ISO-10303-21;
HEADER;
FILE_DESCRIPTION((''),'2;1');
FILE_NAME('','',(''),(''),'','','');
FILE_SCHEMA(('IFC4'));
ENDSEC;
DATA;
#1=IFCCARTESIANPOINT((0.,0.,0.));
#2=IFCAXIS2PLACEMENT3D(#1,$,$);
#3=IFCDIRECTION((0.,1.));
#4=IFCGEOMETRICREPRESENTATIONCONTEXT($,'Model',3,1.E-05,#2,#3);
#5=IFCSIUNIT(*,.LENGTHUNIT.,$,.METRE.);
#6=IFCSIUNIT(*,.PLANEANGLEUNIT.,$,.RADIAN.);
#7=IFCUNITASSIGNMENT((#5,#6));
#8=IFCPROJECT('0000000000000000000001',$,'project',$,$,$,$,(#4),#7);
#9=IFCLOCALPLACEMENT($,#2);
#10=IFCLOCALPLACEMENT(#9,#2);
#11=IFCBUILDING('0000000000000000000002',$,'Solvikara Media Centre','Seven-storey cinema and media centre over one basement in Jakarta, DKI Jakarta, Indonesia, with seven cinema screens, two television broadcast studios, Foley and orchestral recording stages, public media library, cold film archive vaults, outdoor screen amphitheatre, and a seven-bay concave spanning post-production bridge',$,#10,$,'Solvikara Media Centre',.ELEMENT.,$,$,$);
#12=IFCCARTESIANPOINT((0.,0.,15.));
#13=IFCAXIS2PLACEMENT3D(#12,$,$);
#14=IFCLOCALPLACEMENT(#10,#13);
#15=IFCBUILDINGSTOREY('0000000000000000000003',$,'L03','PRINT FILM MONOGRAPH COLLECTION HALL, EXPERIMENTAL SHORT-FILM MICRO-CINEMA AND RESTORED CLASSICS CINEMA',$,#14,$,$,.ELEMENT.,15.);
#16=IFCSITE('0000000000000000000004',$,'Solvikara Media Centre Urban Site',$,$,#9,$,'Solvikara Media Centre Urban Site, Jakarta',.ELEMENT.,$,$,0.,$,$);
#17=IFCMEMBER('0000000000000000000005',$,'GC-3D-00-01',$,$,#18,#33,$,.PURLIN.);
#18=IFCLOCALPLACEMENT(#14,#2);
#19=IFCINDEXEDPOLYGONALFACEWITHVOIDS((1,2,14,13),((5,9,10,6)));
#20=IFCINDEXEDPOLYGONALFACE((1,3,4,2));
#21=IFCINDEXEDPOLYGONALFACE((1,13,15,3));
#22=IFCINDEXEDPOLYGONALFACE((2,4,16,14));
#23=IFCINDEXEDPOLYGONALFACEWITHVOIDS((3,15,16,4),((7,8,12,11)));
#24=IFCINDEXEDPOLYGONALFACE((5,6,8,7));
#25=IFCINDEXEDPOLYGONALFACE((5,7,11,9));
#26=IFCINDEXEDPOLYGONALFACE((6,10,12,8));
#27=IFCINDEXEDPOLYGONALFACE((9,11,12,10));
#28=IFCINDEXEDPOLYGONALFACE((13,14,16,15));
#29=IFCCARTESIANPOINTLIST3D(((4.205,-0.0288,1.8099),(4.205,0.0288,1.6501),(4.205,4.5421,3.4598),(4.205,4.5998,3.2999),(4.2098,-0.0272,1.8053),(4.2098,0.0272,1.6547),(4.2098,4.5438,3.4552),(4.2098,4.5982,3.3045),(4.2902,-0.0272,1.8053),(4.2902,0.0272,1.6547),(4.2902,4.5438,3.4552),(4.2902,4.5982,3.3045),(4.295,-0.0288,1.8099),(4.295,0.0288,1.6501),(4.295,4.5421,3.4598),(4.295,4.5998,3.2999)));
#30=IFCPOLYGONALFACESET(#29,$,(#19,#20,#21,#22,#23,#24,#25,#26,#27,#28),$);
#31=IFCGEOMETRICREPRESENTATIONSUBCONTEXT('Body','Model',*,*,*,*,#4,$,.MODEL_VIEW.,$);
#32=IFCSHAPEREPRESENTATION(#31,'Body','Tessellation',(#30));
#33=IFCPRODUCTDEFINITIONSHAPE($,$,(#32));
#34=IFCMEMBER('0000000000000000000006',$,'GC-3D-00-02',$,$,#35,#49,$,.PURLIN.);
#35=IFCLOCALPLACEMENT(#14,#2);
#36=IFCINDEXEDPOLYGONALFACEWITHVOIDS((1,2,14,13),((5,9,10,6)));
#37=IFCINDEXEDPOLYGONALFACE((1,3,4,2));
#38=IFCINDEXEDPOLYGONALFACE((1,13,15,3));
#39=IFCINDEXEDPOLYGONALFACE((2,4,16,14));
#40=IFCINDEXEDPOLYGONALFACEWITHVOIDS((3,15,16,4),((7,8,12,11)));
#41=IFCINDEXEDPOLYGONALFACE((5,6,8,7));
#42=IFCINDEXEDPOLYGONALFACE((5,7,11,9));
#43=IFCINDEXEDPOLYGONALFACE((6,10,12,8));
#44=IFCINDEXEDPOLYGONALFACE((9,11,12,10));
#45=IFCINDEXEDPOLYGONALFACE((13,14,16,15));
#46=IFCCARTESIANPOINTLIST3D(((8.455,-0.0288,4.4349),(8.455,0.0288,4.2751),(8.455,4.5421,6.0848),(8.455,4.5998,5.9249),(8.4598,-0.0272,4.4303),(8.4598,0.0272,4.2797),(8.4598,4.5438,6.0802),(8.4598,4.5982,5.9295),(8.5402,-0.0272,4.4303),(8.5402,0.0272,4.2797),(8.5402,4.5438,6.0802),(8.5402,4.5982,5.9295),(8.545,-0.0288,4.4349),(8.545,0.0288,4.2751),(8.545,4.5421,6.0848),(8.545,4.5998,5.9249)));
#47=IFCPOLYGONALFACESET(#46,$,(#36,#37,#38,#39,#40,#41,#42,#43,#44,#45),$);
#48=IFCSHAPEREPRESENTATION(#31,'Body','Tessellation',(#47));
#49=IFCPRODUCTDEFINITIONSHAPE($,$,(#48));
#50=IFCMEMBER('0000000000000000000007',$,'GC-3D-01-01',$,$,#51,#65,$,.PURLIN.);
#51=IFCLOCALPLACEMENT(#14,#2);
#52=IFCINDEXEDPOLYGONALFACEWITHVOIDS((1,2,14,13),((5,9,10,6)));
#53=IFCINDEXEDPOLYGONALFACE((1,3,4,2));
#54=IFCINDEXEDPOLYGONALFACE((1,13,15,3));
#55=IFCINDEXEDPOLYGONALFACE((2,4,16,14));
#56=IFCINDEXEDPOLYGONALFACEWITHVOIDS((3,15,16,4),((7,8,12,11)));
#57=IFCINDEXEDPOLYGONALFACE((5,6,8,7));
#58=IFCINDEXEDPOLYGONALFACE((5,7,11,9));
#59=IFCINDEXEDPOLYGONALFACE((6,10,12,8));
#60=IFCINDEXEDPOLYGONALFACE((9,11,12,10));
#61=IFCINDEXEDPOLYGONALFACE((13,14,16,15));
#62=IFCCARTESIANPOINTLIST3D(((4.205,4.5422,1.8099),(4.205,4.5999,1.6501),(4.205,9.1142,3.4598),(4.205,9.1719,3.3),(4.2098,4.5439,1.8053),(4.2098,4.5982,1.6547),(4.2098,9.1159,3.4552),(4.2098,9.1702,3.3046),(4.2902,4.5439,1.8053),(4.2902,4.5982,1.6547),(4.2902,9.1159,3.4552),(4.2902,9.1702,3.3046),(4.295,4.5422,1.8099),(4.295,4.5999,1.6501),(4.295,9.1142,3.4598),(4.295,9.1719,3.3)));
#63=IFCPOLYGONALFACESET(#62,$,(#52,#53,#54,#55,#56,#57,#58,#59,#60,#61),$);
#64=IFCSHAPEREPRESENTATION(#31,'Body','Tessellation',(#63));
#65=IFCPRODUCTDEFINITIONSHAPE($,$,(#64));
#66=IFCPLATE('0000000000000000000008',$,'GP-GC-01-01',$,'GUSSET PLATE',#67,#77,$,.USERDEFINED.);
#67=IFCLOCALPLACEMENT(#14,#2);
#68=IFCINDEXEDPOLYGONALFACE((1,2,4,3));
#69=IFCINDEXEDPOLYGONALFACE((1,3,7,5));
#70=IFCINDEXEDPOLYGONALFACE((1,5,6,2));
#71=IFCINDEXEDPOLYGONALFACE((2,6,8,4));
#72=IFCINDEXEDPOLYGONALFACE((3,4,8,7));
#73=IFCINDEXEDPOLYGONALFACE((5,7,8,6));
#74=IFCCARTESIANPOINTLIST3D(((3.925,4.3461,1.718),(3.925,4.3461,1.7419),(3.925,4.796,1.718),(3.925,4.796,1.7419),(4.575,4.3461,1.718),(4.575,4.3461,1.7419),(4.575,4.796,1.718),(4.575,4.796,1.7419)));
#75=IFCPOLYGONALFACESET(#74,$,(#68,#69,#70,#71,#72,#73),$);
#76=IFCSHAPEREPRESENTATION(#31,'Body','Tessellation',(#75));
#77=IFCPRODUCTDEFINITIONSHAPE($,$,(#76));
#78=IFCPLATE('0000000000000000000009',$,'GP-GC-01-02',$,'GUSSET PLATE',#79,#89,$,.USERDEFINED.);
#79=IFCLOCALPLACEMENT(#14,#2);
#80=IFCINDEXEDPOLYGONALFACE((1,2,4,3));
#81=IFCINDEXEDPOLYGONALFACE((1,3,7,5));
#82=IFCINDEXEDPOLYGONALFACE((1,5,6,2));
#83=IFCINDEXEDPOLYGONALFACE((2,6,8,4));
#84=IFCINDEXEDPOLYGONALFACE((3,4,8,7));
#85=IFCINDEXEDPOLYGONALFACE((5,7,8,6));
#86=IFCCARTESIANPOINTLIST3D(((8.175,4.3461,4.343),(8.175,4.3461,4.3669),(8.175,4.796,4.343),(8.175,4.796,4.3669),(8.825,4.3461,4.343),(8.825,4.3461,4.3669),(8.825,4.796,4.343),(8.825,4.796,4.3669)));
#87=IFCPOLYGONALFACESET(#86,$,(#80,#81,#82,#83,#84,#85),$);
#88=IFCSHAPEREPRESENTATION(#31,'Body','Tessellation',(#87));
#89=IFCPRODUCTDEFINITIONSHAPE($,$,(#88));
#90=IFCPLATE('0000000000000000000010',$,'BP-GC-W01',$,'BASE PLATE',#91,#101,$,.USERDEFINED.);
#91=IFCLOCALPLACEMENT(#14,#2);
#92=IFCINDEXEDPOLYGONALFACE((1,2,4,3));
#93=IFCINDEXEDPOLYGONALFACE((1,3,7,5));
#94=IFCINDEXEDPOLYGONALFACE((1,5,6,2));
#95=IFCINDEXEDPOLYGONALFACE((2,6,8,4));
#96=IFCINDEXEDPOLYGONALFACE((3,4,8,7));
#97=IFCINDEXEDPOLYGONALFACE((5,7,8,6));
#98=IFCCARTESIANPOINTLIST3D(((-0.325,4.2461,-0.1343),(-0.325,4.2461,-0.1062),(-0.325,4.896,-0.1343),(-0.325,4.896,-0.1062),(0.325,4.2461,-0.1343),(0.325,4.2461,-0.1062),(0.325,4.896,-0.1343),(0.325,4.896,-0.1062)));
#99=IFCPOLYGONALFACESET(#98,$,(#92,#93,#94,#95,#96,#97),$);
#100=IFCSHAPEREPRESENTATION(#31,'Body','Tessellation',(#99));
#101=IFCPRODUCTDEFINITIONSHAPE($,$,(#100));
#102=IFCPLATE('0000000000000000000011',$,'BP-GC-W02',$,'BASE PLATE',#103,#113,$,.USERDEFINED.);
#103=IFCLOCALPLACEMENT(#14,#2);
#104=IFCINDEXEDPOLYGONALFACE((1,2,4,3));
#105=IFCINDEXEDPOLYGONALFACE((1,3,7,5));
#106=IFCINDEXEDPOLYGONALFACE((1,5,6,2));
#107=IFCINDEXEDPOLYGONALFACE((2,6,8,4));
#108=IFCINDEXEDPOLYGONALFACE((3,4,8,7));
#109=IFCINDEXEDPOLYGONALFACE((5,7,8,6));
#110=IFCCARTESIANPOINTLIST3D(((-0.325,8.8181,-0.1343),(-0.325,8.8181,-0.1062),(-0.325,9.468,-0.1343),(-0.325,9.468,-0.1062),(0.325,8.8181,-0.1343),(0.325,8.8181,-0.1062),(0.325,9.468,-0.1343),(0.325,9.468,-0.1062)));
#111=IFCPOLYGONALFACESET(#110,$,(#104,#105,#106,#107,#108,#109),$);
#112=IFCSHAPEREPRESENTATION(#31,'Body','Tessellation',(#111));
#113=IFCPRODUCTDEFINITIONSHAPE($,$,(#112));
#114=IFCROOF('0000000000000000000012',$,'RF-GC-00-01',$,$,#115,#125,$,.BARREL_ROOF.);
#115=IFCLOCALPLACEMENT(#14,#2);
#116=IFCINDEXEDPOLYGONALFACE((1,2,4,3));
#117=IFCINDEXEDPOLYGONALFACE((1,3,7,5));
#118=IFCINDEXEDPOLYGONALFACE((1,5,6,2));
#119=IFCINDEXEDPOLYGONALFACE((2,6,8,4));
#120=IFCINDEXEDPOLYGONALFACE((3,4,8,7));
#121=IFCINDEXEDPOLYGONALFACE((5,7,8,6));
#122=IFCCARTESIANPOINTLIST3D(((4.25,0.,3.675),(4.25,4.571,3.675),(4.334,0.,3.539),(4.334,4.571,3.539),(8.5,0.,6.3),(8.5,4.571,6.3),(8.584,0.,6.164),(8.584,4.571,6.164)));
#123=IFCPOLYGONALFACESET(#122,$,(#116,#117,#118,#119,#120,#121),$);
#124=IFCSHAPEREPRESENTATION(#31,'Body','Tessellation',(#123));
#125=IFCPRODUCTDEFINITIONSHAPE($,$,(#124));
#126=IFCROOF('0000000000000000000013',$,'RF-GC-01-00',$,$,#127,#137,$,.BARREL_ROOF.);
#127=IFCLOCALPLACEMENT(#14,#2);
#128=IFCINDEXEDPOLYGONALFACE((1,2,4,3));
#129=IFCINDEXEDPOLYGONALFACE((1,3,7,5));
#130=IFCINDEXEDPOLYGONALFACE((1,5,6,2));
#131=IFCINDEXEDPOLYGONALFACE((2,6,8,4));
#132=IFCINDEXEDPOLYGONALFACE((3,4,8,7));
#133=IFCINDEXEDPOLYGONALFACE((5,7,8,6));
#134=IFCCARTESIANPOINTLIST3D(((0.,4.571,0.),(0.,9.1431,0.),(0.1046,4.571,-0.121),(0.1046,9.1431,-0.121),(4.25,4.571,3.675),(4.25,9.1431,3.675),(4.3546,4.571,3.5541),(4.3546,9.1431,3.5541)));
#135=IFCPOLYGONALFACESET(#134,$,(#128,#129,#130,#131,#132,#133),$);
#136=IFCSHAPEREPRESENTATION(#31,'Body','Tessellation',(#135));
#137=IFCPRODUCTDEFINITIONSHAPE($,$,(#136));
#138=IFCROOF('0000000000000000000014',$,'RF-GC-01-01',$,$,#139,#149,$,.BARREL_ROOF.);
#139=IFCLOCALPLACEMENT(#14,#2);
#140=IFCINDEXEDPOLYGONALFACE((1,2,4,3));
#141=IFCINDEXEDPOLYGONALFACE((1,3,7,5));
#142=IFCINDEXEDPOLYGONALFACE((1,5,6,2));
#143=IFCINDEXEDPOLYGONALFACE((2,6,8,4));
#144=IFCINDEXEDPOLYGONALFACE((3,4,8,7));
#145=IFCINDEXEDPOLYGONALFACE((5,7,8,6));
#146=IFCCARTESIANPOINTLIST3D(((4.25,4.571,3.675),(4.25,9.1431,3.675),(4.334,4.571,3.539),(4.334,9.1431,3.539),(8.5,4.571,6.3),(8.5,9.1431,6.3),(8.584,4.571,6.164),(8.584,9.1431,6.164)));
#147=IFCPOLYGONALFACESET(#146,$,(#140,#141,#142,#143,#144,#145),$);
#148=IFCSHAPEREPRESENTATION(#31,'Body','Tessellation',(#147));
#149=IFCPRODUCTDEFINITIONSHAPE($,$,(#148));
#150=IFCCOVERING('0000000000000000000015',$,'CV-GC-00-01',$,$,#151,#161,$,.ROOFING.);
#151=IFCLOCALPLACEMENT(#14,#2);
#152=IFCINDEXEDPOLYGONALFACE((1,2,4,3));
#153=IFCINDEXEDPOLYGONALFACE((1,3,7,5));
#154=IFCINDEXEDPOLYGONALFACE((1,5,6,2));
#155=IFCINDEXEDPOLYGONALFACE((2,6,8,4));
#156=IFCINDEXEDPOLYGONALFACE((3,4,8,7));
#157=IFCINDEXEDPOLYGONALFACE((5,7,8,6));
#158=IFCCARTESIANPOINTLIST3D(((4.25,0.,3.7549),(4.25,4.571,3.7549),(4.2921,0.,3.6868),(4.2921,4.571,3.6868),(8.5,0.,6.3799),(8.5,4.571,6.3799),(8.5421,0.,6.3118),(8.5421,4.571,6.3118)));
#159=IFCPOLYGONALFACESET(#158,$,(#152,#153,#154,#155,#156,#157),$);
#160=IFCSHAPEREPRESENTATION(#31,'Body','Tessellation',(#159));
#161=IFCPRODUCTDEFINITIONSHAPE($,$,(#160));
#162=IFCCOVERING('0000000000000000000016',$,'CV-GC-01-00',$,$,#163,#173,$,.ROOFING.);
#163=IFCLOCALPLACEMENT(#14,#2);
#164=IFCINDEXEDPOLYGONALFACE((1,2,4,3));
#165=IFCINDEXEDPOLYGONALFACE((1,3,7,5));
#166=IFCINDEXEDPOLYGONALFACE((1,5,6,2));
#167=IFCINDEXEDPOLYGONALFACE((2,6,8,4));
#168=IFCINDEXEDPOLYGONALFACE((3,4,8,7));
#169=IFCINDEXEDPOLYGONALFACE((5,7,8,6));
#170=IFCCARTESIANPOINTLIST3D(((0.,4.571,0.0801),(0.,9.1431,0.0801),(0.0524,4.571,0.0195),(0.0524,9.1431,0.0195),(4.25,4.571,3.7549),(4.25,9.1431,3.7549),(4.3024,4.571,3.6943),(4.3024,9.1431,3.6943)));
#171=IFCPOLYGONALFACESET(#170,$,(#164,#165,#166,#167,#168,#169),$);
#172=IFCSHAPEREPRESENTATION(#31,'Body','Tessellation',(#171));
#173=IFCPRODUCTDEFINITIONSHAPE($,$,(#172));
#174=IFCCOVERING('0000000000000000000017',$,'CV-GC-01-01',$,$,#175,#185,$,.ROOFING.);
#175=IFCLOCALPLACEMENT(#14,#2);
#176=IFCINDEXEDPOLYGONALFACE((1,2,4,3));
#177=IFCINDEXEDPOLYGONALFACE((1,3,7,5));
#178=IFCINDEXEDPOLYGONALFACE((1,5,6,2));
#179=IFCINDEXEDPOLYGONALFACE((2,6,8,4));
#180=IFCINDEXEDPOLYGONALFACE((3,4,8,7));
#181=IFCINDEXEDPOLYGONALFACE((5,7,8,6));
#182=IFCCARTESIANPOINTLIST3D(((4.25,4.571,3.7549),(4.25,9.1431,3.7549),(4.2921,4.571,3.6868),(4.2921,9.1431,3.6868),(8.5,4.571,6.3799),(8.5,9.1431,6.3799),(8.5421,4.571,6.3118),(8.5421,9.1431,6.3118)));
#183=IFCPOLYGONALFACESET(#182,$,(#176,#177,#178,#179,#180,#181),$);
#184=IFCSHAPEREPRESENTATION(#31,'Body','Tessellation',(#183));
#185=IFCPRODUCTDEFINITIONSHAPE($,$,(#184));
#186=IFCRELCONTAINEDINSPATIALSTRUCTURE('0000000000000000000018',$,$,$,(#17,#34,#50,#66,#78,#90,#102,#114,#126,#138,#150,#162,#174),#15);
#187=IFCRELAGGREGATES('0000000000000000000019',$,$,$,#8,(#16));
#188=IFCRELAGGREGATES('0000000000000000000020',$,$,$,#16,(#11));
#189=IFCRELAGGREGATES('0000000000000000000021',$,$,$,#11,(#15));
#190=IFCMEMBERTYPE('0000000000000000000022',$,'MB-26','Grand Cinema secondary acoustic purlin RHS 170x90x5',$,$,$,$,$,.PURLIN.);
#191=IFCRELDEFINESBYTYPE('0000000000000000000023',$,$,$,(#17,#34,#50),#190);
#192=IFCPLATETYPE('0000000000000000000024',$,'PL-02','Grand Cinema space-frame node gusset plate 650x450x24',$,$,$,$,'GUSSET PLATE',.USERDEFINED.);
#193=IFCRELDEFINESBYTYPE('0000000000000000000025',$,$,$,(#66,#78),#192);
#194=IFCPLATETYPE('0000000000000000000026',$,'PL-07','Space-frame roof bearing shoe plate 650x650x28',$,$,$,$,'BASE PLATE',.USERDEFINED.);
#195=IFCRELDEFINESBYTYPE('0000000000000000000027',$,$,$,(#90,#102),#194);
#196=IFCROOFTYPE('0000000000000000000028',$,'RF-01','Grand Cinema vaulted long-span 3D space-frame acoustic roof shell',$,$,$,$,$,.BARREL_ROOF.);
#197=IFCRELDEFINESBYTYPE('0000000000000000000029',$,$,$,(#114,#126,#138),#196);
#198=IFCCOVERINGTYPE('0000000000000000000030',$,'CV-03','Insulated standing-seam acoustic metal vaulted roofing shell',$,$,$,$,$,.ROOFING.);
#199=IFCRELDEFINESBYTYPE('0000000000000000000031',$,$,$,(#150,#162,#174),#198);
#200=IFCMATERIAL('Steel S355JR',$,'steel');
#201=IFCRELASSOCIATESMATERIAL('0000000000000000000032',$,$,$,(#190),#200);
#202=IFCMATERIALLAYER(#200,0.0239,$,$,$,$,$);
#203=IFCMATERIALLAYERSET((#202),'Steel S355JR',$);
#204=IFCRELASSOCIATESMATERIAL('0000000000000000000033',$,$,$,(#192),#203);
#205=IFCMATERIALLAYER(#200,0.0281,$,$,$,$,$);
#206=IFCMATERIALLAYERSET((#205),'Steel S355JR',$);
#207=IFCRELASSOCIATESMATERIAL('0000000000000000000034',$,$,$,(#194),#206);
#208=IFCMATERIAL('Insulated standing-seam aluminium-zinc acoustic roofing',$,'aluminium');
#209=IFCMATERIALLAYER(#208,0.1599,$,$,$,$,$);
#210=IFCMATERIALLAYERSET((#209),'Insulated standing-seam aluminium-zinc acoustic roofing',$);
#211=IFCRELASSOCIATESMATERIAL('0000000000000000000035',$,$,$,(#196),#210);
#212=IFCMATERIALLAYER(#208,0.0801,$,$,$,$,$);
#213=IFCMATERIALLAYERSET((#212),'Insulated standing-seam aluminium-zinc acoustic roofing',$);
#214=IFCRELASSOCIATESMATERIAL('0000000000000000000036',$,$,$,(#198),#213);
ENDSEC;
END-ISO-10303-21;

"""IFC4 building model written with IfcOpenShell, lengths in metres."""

from ifc_helpers import new_model, si_unit, direction, frame, origin, origin_2d, place, context, subcontext, project, spatial, polyline, rectangle, hollow_rectangle, outline, extrude, material, layer, layer_set, material_profile, profile_set, type_object, element, save


model = new_model("IFC4")

# Units and contexts
model_context = context("Model", 3, precision=1e-05, world=origin(), true_north=direction((0.0, 1.0)))
body_context = subcontext(model_context, "Body", "Model", "MODEL_VIEW")
ifc_project = project(units=[si_unit("LENGTHUNIT", "METRE"), si_unit("PLANEANGLEUNIT", "RADIAN")], contexts=[model_context])

# Site, building, storey
site_placement = place(None, origin())
site = spatial("IfcSite", under=ifc_project, at=site_placement, Name="Solvikara Media Centre Urban Site", LongName="Solvikara Media Centre Urban Site, Jakarta", CompositionType="ELEMENT", RefElevation=0.0)
building_placement = place(site_placement, origin())
building = spatial("IfcBuilding", under=site, at=building_placement, Name="Solvikara Media Centre", Description="Seven-storey cinema and media centre over one basement in Jakarta, DKI Jakarta, Indonesia, with seven cinema screens, two television broadcast studios, Foley and orchestral recording stages, public media library, cold film archive vaults, outdoor screen amphitheatre, and a seven-bay concave spanning post-production bridge", LongName="Solvikara Media Centre", CompositionType="ELEMENT")
storey_placement = place(building_placement, frame((0.0, 0.0, 15.0)))
storey = spatial("IfcBuildingStorey", under=building, at=storey_placement, Name="L03", Description="PRINT FILM MONOGRAPH COLLECTION HALL, EXPERIMENTAL SHORT-FILM MICRO-CINEMA AND RESTORED CLASSICS CINEMA", CompositionType="ELEMENT", Elevation=15.0)

# Shared definitions
ifc_material_1 = material(Name="Steel S355JR", Category="steel")

# Members
ifc_material_profile_1 = material_profile(ifc_material_1, hollow_rectangle(XDim=0.0901, YDim=0.1699, WallThickness=0.0049, at=origin_2d()), Name="RHS 170x90x5")
ifc_profile_set_1 = profile_set([ifc_material_profile_1], Name="Steel S355JR")
member_type_1 = type_object("IfcMemberType", Name="MB-26", Description="Grand Cinema secondary acoustic purlin RHS 170x90x5", PredefinedType="PURLIN", material=ifc_profile_set_1)
for number, where, z_axis, x_axis, name in (
    (1, (4.25, 0.0, 1.73), (0.0, 0.940603, 0.339507), (-1.0, 0.0, 0.0), "GC-3D-00-01"),
    (2, (8.5, 0.0, 4.355), (0.0, 0.940603, 0.339507), (-1.0, 0.0, 0.0), "GC-3D-00-02"),
):
    element("IfcMember", number, at=place(storey_placement, frame(where, z_axis=z_axis, x_axis=x_axis)), inside=storey, type_object=member_type_1, Name=name, PredefinedType="PURLIN", context=body_context, shape_type="SweptSolid", body=[
        extrude(hollow_rectangle(XDim=0.0901, YDim=0.1699, WallThickness=0.0049, at=origin_2d()), origin(), (0.0, 0.0, 1.0), 4.8596),
    ])
member_1_placement = place(storey_placement, frame((4.25, 4.571, 1.73), z_axis=(0.0, 0.940627, 0.339443), x_axis=(-1.0, 0.0, 0.0)))
element("IfcMember", 3, at=member_1_placement, inside=storey, type_object=member_type_1, Name="GC-3D-01-01", PredefinedType="PURLIN", context=body_context, shape_type="SweptSolid", body=[
    extrude(hollow_rectangle(XDim=0.0901, YDim=0.1699, WallThickness=0.0049, at=origin_2d()), origin(), (0.0, 0.0, 1.0), 4.8606),
])

# Plates
ifc_layer_1 = layer(ifc_material_1, 0.0239)
ifc_layer_set_1 = layer_set([ifc_layer_1], Name="Steel S355JR")
plate_type_1 = type_object("IfcPlateType", Name="PL-02", Description="Grand Cinema space-frame node gusset plate 650x450x24", ElementType="GUSSET PLATE", PredefinedType="USERDEFINED", material=ifc_layer_set_1)
for number, where, z_axis, x_axis, name in (
    (4, (4.25, 4.571, 1.718), (0.0, 0.0, 1.0), (1.0, 0.0, 0.0), "GP-GC-01-01"),
    (5, (8.5, 4.571, 4.343), (0.0, 0.0, 1.0), (1.0, 0.0, 0.0), "GP-GC-01-02"),
):
    element("IfcPlate", number, at=place(storey_placement, frame(where, z_axis=z_axis, x_axis=x_axis)), inside=storey, type_object=plate_type_1, Name=name, ObjectType="GUSSET PLATE", PredefinedType="USERDEFINED", context=body_context, shape_type="SweptSolid", body=[
        extrude(rectangle(XDim=0.6499, YDim=0.45, at=origin_2d()), origin(), (0.0, 0.0, 1.0), 0.0239),
    ])
ifc_layer_2 = layer(ifc_material_1, 0.0281)
ifc_layer_set_2 = layer_set([ifc_layer_2], Name="Steel S355JR")
plate_type_2 = type_object("IfcPlateType", Name="PL-07", Description="Space-frame roof bearing shoe plate 650x650x28", ElementType="BASE PLATE", PredefinedType="USERDEFINED", material=ifc_layer_set_2)
for number, where, z_axis, x_axis, name in (
    (6, (0.0, 4.571, -0.1343), (0.0, 0.0, 1.0), (1.0, 0.0, 0.0), "BP-GC-W01"),
    (7, (0.0, 9.1431, -0.1343), (0.0, 0.0, 1.0), (1.0, 0.0, 0.0), "BP-GC-W02"),
):
    element("IfcPlate", number, at=place(storey_placement, frame(where, z_axis=z_axis, x_axis=x_axis)), inside=storey, type_object=plate_type_2, Name=name, ObjectType="BASE PLATE", PredefinedType="USERDEFINED", context=body_context, shape_type="SweptSolid", body=[
        extrude(rectangle(XDim=0.6499, YDim=0.6499, at=origin_2d()), origin(), (0.0, 0.0, 1.0), 0.0281),
    ])

# Roofs
ifc_material_2 = material(Name="Insulated standing-seam aluminium-zinc acoustic roofing", Category="aluminium")
ifc_layer_3 = layer(ifc_material_2, 0.1599)
ifc_layer_set_3 = layer_set([ifc_layer_3], Name="Insulated standing-seam aluminium-zinc acoustic roofing")
roof_type = type_object("IfcRoofType", Name="RF-01", Description="Grand Cinema vaulted long-span 3D space-frame acoustic roof shell", PredefinedType="BARREL_ROOF", material=ifc_layer_set_3)
roof_1_placement = place(storey_placement, frame((4.25, 0.0, 3.675), z_axis=(-0.525493, 0.0, 0.850798), x_axis=(0.850798, 0.0, 0.525493)))
element("IfcRoof", 8, at=roof_1_placement, inside=storey, type_object=roof_type, Name="RF-GC-00-01", PredefinedType="BARREL_ROOF", context=body_context, shape_type="SweptSolid", body=[
    extrude(outline(polyline([(0.0, 0.0), (4.9953, 0.0), (4.9953, 4.571), (0.0, 4.571), (0.0, 0.0)])), origin(), (0.0, 0.0, -1.0), 0.1599),
])
roof_2_placement = place(storey_placement, frame((0.0, 4.571, 0.0), z_axis=(-0.654088, 0.0, 0.756418), x_axis=(0.756418, 0.0, 0.654088)))
element("IfcRoof", 9, at=roof_2_placement, inside=storey, type_object=roof_type, Name="RF-GC-01-00", PredefinedType="BARREL_ROOF", context=body_context, shape_type="SweptSolid", body=[
    extrude(outline(polyline([(0.0, 0.0), (5.6186, 0.0), (5.6186, 4.572), (0.0, 4.572), (0.0, 0.0)])), origin(), (0.0, 0.0, -1.0), 0.1599),
])
roof_3_placement = place(storey_placement, frame((4.25, 4.571, 3.675), z_axis=(-0.525493, 0.0, 0.850798), x_axis=(0.850798, 0.0, 0.525493)))
element("IfcRoof", 10, at=roof_3_placement, inside=storey, type_object=roof_type, Name="RF-GC-01-01", PredefinedType="BARREL_ROOF", context=body_context, shape_type="SweptSolid", body=[
    extrude(outline(polyline([(0.0, 0.0), (4.9953, 0.0), (4.9953, 4.572), (0.0, 4.572), (0.0, 0.0)])), origin(), (0.0, 0.0, -1.0), 0.1599),
])

# Coverings
ifc_layer_4 = layer(ifc_material_2, 0.0801)
ifc_layer_set_4 = layer_set([ifc_layer_4], Name="Insulated standing-seam aluminium-zinc acoustic roofing")
covering_type = type_object("IfcCoveringType", Name="CV-03", Description="Insulated standing-seam acoustic metal vaulted roofing shell", PredefinedType="ROOFING", material=ifc_layer_set_4)
covering_1_placement = place(storey_placement, frame((4.25, 0.0, 3.7549), z_axis=(-0.525493, 0.0, 0.850798), x_axis=(0.850798, 0.0, 0.525493)))
element("IfcCovering", 11, at=covering_1_placement, inside=storey, type_object=covering_type, Name="CV-GC-00-01", PredefinedType="ROOFING", context=body_context, shape_type="SweptSolid", body=[
    extrude(outline(polyline([(0.0, 0.0), (4.9953, 0.0), (4.9953, 4.571), (0.0, 4.571), (0.0, 0.0)])), origin(), (0.0, 0.0, -1.0), 0.0801),
])
covering_2_placement = place(storey_placement, frame((0.0, 4.571, 0.0801), z_axis=(-0.654063, 0.0, 0.75644), x_axis=(0.75644, 0.0, 0.654063)))
element("IfcCovering", 12, at=covering_2_placement, inside=storey, type_object=covering_type, Name="CV-GC-01-00", PredefinedType="ROOFING", context=body_context, shape_type="SweptSolid", body=[
    extrude(outline(polyline([(0.0, 0.0), (5.6184, 0.0), (5.6184, 4.572), (0.0, 4.572), (0.0, 0.0)])), origin(), (0.0, 0.0, -1.0), 0.0801),
])
covering_3_placement = place(storey_placement, frame((4.25, 4.571, 3.7549), z_axis=(-0.525493, 0.0, 0.850798), x_axis=(0.850798, 0.0, 0.525493)))
element("IfcCovering", 13, at=covering_3_placement, inside=storey, type_object=covering_type, Name="CV-GC-01-01", PredefinedType="ROOFING", context=body_context, shape_type="SweptSolid", body=[
    extrude(outline(polyline([(0.0, 0.0), (4.9953, 0.0), (4.9953, 4.572), (0.0, 4.572), (0.0, 0.0)])), origin(), (0.0, 0.0, -1.0), 0.0801),
])

save(model, "model.ifc")
